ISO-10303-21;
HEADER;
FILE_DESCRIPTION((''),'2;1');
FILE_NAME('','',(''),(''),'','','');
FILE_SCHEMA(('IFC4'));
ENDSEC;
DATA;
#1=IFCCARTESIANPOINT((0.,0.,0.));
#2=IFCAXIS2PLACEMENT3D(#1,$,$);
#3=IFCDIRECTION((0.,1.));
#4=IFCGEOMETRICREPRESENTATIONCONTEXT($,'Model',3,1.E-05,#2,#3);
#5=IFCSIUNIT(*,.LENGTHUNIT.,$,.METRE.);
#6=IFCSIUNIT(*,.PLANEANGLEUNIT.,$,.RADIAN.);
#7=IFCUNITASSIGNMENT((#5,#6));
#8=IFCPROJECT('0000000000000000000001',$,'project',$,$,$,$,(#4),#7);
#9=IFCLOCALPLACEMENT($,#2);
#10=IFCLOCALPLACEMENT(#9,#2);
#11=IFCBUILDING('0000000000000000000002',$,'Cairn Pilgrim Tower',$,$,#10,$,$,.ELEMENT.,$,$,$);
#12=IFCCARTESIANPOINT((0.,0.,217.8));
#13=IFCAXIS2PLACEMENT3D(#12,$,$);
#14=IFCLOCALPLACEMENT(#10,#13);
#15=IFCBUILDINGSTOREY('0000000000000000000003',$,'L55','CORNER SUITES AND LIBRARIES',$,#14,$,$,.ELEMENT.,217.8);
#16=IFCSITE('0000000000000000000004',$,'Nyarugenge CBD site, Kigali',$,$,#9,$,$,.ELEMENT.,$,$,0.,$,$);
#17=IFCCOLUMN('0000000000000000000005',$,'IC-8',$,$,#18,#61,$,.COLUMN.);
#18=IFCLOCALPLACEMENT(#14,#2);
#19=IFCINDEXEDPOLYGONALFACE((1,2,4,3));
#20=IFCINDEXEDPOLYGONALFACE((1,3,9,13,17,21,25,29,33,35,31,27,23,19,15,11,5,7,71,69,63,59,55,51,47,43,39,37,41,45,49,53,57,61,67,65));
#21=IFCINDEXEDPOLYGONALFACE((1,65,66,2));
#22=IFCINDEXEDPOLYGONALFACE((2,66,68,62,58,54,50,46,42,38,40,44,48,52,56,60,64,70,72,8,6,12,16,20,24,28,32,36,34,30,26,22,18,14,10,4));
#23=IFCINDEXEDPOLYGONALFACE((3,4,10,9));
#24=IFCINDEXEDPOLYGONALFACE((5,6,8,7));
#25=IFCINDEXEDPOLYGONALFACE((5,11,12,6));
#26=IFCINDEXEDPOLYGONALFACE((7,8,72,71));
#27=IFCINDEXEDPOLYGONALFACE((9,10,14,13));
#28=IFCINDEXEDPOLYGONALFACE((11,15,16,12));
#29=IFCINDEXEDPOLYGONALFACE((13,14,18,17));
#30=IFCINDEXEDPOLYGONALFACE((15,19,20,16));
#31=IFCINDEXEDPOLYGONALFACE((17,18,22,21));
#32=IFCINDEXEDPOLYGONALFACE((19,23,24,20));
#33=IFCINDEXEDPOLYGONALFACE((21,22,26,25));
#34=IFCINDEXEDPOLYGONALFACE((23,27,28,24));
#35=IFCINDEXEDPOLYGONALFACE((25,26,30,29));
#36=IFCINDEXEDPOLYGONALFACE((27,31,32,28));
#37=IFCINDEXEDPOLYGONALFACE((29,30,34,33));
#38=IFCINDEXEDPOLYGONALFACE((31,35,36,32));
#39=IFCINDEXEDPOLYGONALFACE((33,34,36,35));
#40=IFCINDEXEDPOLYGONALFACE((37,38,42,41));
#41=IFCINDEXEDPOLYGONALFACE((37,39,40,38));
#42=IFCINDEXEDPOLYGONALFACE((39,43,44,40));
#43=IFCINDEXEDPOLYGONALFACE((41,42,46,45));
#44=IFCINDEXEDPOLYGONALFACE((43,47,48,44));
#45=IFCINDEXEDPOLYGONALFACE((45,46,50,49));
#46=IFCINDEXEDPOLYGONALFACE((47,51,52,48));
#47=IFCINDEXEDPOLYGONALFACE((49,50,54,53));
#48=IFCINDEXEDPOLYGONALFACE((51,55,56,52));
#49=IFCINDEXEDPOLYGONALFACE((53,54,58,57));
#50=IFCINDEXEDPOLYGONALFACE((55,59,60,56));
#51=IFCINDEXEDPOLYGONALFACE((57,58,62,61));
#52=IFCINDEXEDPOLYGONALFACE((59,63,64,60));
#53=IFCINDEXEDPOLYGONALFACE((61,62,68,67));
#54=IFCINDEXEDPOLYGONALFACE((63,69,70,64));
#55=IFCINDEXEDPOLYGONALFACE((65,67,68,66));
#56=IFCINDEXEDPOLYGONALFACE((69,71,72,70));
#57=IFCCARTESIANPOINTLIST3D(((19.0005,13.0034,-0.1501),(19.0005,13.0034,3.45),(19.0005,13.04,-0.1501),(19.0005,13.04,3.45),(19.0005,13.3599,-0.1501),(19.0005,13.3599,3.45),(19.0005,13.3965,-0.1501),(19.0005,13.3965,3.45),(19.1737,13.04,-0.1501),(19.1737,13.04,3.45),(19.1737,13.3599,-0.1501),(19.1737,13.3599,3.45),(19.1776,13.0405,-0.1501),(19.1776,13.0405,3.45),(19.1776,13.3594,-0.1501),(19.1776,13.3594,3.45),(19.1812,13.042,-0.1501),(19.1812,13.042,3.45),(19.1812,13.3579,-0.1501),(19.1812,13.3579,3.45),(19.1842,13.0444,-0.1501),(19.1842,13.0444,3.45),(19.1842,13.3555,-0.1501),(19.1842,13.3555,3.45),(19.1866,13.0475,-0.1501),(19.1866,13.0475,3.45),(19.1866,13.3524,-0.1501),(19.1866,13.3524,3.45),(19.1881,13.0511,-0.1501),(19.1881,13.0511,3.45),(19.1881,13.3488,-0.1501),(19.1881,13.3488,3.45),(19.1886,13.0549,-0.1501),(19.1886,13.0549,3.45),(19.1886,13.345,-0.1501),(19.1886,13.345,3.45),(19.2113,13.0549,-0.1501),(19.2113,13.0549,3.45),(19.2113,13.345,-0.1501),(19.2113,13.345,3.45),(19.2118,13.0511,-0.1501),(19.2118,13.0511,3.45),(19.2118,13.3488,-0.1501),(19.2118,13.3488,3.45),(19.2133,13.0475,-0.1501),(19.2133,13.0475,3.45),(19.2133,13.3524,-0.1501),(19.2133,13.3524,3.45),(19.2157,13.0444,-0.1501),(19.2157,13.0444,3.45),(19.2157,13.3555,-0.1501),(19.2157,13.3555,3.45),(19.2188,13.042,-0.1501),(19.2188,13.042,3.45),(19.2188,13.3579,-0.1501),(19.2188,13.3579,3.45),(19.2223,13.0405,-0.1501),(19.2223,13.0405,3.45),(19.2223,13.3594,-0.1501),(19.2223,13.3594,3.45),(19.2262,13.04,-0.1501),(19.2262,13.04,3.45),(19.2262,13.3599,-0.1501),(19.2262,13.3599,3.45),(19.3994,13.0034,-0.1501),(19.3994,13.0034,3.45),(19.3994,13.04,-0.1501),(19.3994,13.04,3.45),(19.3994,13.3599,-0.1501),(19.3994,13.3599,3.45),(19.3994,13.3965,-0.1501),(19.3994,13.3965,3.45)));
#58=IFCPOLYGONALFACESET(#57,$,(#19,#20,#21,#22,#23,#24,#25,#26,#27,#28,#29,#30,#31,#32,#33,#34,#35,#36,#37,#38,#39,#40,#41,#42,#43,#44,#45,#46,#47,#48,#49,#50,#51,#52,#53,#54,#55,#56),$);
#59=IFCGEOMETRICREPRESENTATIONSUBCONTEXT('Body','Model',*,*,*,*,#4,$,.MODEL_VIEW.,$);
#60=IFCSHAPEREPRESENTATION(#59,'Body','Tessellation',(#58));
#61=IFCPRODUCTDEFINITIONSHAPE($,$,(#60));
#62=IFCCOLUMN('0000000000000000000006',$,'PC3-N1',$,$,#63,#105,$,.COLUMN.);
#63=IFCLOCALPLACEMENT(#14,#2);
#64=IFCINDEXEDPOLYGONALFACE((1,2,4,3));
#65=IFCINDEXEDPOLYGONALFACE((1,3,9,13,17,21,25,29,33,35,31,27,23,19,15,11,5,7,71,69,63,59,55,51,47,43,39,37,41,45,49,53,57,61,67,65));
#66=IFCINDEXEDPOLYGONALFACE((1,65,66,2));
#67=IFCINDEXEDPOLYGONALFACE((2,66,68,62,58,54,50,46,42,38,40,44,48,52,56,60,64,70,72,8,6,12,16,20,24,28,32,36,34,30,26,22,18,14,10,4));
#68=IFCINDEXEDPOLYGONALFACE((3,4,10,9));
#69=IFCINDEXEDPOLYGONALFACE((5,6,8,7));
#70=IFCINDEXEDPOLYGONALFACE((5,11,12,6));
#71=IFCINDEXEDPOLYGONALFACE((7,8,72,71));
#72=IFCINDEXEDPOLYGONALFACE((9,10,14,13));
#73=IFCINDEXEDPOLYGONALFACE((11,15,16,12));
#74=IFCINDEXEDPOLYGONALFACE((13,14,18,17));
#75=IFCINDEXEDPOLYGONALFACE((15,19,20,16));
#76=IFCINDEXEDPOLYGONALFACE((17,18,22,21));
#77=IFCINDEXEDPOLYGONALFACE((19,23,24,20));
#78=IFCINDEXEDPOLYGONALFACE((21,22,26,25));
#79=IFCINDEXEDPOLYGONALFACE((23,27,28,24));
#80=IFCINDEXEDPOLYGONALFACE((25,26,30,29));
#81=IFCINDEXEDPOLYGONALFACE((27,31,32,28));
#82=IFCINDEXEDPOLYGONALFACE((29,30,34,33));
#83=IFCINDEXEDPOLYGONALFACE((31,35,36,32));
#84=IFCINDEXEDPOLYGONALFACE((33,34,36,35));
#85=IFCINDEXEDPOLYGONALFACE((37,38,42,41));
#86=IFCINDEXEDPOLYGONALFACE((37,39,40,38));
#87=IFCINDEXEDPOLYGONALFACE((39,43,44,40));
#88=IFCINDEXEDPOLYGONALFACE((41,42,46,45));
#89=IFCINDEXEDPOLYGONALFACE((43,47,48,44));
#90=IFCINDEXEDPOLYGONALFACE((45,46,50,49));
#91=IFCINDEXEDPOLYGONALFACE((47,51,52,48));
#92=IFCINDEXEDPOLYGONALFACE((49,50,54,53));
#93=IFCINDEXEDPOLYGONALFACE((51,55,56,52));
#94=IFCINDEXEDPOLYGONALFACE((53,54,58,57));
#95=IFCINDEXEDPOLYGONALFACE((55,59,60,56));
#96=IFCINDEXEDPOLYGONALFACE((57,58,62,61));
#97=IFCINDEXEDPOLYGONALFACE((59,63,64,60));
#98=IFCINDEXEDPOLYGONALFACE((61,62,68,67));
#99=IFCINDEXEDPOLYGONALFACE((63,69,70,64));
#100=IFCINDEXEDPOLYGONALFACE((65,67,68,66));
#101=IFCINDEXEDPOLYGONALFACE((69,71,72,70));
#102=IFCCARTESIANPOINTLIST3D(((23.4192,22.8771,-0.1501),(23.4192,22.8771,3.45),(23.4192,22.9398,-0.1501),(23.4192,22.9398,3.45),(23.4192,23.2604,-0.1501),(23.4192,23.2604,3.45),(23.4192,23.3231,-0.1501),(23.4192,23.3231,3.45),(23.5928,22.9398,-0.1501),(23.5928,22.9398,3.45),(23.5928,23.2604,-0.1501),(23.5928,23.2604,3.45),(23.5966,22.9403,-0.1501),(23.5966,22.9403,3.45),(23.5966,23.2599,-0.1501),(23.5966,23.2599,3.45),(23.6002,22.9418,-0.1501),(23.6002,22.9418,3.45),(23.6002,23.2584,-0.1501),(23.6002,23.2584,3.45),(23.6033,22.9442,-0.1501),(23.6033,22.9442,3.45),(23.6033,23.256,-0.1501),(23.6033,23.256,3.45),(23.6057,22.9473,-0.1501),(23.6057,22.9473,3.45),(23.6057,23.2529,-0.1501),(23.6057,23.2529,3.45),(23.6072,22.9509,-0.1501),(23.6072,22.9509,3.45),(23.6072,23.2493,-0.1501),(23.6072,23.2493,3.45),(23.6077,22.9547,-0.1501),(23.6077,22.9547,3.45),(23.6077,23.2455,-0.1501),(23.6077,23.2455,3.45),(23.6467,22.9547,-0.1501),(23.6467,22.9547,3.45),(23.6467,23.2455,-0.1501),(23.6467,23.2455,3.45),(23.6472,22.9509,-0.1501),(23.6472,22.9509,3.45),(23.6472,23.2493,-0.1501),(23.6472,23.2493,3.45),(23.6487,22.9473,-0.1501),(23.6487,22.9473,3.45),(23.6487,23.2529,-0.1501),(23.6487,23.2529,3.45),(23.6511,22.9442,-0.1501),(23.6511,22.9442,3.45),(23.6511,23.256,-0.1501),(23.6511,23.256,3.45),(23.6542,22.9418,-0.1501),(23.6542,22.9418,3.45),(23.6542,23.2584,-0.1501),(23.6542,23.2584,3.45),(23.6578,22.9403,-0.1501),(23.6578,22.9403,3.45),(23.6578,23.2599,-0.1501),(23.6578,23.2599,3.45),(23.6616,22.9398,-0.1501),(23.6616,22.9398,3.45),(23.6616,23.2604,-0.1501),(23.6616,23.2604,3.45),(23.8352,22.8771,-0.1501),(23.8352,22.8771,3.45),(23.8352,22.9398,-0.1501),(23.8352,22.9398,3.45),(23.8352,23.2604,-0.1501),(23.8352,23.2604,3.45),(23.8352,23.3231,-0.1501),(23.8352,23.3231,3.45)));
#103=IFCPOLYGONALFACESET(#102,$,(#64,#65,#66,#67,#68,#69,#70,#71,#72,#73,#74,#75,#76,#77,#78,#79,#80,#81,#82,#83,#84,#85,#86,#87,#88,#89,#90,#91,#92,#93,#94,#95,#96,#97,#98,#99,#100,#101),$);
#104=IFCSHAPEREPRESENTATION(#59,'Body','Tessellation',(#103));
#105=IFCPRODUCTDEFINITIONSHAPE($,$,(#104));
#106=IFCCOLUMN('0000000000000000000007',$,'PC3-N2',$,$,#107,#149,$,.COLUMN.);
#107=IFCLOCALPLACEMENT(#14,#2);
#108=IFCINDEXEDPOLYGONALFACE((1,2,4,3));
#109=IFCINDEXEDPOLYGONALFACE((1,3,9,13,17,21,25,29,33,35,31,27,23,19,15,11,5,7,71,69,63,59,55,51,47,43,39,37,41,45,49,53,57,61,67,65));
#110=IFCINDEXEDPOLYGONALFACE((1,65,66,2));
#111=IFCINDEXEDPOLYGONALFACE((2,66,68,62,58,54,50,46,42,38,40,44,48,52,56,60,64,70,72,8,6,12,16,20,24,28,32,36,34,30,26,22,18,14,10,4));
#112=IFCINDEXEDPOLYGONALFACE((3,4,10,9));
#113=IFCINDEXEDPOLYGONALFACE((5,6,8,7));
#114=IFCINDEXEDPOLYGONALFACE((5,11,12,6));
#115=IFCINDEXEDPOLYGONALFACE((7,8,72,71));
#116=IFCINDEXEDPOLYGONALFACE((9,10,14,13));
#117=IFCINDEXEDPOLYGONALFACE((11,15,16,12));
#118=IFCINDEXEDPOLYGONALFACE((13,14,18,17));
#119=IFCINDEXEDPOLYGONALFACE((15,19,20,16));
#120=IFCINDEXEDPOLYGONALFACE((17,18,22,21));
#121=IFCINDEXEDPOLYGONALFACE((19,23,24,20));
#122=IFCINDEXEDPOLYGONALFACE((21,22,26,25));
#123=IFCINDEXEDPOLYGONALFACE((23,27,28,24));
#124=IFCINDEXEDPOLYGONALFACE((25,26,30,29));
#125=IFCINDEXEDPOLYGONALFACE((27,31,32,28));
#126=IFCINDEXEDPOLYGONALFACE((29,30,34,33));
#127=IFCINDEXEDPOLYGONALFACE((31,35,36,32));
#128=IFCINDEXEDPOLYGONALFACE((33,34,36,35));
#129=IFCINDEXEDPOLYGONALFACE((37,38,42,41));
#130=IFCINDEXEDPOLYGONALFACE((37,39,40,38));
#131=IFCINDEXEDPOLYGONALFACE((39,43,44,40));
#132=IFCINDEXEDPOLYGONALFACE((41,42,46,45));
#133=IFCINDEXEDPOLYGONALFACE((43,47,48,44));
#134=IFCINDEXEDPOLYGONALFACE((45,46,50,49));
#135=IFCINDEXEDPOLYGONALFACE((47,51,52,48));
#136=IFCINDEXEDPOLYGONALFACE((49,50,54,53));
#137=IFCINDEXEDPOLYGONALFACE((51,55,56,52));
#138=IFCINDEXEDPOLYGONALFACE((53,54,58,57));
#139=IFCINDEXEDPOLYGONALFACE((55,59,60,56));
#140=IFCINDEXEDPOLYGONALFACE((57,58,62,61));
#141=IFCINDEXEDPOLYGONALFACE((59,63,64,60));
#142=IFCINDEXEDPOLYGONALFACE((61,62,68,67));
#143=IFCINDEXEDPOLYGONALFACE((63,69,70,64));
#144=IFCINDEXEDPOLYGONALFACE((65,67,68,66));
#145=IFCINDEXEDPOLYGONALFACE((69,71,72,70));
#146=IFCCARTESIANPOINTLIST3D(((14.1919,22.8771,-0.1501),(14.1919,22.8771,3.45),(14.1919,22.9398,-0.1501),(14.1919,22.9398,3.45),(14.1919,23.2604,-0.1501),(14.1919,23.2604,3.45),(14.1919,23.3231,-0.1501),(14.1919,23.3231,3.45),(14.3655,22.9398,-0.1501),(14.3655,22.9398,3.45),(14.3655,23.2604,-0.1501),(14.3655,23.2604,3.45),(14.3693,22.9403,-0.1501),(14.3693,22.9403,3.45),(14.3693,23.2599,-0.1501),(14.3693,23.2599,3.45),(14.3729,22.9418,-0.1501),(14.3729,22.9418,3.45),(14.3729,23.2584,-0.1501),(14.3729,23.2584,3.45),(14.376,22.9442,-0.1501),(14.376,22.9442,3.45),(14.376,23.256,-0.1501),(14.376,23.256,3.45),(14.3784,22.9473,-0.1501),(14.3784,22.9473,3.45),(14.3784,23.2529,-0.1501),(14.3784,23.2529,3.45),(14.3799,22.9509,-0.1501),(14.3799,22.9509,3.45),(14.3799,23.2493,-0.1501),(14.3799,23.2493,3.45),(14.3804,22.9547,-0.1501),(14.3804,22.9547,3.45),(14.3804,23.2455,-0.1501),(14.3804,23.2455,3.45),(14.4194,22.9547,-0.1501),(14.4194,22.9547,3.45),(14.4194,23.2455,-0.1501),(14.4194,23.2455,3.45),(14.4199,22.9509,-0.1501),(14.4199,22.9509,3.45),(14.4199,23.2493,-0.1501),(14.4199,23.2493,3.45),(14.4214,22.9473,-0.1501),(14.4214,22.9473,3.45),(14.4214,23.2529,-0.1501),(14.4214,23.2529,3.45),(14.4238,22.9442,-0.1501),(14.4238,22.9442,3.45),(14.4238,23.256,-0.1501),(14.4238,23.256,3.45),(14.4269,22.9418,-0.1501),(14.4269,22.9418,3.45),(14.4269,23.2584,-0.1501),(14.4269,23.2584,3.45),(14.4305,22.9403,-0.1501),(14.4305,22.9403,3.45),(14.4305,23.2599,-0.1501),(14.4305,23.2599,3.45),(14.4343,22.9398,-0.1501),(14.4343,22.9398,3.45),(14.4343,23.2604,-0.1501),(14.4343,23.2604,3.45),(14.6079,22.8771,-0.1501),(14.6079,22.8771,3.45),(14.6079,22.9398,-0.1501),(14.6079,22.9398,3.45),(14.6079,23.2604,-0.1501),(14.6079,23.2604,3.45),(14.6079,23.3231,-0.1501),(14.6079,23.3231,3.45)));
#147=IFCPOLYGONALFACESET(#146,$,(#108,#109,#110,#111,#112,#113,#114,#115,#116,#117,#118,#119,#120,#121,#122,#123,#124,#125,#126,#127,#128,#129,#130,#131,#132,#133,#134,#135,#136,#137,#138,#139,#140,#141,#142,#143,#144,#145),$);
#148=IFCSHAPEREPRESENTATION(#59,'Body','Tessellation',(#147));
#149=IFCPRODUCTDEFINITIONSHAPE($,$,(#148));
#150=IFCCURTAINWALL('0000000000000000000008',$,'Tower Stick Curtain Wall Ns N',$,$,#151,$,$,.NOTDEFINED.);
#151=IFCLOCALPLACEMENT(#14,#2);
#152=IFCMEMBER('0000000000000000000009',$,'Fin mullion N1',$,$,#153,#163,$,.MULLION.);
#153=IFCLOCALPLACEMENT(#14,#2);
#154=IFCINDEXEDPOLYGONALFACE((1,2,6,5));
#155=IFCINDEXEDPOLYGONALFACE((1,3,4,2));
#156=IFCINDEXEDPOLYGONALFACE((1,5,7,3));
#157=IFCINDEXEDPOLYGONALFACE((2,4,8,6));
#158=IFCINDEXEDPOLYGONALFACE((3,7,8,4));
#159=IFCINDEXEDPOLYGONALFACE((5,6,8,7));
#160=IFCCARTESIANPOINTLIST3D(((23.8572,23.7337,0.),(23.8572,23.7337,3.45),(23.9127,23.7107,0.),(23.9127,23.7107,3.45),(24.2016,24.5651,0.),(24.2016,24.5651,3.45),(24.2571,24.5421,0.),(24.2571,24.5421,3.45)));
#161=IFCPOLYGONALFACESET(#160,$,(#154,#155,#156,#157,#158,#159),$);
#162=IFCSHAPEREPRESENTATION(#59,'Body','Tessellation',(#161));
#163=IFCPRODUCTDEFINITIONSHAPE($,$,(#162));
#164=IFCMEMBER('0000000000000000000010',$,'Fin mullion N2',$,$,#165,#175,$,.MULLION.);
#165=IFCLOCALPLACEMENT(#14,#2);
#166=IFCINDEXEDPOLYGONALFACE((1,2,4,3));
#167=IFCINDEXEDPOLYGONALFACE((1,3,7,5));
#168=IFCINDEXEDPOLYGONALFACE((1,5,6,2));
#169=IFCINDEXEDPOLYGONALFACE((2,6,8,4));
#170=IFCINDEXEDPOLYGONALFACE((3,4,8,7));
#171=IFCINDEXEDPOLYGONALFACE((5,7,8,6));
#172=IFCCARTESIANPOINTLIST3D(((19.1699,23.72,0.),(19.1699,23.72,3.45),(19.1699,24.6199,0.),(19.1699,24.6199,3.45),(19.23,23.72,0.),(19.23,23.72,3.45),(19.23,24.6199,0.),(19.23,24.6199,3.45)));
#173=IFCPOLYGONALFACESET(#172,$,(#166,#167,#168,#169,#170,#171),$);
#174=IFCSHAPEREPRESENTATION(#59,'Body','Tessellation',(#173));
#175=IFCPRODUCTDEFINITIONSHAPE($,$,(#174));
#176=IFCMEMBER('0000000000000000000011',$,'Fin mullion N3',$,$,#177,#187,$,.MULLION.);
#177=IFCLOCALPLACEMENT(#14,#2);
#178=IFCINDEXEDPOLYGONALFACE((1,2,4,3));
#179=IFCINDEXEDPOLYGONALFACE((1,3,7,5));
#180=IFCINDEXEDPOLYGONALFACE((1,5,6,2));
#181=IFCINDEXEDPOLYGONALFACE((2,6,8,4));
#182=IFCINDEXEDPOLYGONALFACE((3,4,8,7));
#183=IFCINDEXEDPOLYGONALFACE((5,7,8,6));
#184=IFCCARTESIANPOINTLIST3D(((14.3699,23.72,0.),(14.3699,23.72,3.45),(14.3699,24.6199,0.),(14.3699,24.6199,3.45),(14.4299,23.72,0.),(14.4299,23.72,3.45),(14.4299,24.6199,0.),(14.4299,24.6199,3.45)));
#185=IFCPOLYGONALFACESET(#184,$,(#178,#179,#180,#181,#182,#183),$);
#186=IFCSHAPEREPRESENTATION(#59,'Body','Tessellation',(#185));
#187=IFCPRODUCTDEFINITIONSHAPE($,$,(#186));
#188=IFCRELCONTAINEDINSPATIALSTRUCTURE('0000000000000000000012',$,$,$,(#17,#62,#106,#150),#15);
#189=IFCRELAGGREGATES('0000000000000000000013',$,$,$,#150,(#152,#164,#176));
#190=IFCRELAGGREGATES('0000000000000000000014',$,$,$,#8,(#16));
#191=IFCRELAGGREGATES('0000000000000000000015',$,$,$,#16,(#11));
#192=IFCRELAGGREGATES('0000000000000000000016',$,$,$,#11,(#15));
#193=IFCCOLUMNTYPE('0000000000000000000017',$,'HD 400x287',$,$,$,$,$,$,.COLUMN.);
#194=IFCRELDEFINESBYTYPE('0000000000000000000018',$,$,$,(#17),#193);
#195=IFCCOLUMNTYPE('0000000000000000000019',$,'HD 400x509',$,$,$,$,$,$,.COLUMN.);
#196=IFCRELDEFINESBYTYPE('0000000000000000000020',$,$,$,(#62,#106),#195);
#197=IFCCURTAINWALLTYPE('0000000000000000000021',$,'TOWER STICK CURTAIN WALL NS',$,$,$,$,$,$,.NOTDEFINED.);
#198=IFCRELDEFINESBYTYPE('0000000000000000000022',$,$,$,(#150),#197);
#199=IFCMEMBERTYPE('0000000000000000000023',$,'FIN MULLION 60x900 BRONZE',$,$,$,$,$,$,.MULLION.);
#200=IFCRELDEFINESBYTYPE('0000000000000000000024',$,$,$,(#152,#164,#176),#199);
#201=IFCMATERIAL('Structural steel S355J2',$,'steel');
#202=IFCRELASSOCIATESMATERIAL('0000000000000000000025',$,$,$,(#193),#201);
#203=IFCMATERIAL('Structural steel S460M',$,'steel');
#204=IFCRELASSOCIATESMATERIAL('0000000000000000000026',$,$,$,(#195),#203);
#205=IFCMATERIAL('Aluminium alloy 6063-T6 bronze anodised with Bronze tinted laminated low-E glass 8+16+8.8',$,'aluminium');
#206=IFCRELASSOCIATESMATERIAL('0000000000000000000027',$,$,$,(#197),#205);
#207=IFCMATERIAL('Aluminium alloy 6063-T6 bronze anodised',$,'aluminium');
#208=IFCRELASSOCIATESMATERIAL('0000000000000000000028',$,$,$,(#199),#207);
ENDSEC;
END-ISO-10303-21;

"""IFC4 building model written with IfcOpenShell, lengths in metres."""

from ifc_helpers import new_model, si_unit, direction, frame, origin, origin_2d, place, context, subcontext, project, spatial, rectangle, i_section, extrude, material, material_profile, profile_set, type_object, element, aggregate, save


model = new_model("IFC4")

# Units and contexts
model_context = context("Model", 3, precision=1e-05, world=origin(), true_north=direction((0.0, 1.0)))
body_context = subcontext(model_context, "Body", "Model", "MODEL_VIEW")
ifc_project = project(units=[si_unit("LENGTHUNIT", "METRE"), si_unit("PLANEANGLEUNIT", "RADIAN")], contexts=[model_context])

# Site, building, storey
site_placement = place(None, origin())
site = spatial("IfcSite", under=ifc_project, at=site_placement, Name="Nyarugenge CBD site, Kigali", CompositionType="ELEMENT", RefElevation=0.0)
building_placement = place(site_placement, origin())
building = spatial("IfcBuilding", under=site, at=building_placement, Name="Cairn Pilgrim Tower", CompositionType="ELEMENT")
storey_placement = place(building_placement, frame((0.0, 0.0, 217.8)))
storey = spatial("IfcBuildingStorey", under=building, at=storey_placement, Name="L55", Description="CORNER SUITES AND LIBRARIES", CompositionType="ELEMENT", Elevation=217.8)

# Columns
ifc_material_1 = material(Name="Structural steel S355J2", Category="steel")
ifc_material_profile_1 = material_profile(ifc_material_1, i_section(OverallWidth=0.3989, OverallDepth=0.3931, WebThickness=0.0227, FlangeThickness=0.0366, FilletRadius=0.0149, at=origin_2d()), Name="HD 400x287")
ifc_profile_set_1 = profile_set([ifc_material_profile_1], Name="Structural steel S355J2")
column_type_1 = type_object("IfcColumnType", Name="HD 400x287", PredefinedType="COLUMN", material=ifc_profile_set_1)
column_placement = place(storey_placement, frame((19.2, 13.2, -0.1501), z_axis=(0.0, 0.0, 1.0), x_axis=(1.0, 0.0, 0.0)))
element("IfcColumn", 1, at=column_placement, inside=storey, type_object=column_type_1, Name="IC-8", PredefinedType="COLUMN", context=body_context, shape_type="SweptSolid", body=[
    extrude(i_section(OverallWidth=0.3989, OverallDepth=0.3931, WebThickness=0.0227, FlangeThickness=0.0366, FilletRadius=0.0149, at=origin_2d()), origin(), (0.0, 0.0, 1.0), 3.6001),
])
ifc_material_2 = material(Name="Structural steel S460M", Category="steel")
ifc_material_profile_2 = material_profile(ifc_material_2, i_section(OverallWidth=0.416, OverallDepth=0.446, WebThickness=0.0391, FlangeThickness=0.0627, FilletRadius=0.0149, at=origin_2d()), Name="HD 400x509")
ifc_profile_set_2 = profile_set([ifc_material_profile_2], Name="Structural steel S460M")
column_type_2 = type_object("IfcColumnType", Name="HD 400x509", PredefinedType="COLUMN", material=ifc_profile_set_2)
for number, where, z_axis, x_axis, name in (
    (2, (23.6272, 23.1001, -0.1501), (0.0, 0.0, 1.0), (1.0, 0.0, 0.0), "PC3-N1"),
    (3, (14.3999, 23.1001, -0.1501), (0.0, 0.0, 1.0), (1.0, 0.0, 0.0), "PC3-N2"),
):
    element("IfcColumn", number, at=place(storey_placement, frame(where, z_axis=z_axis, x_axis=x_axis)), inside=storey, type_object=column_type_2, Name=name, PredefinedType="COLUMN", context=body_context, shape_type="SweptSolid", body=[
        extrude(i_section(OverallWidth=0.416, OverallDepth=0.446, WebThickness=0.0391, FlangeThickness=0.0627, FilletRadius=0.0149, at=origin_2d()), origin(), (0.0, 0.0, 1.0), 3.6001),
    ])

# Curtain wall, members
ifc_material_3 = material(Name="Aluminium alloy 6063-T6 bronze anodised with Bronze tinted laminated low-E glass 8+16+8.8", Category="aluminium")
curtain_wall_type = type_object("IfcCurtainWallType", Name="TOWER STICK CURTAIN WALL NS", PredefinedType="NOTDEFINED", material=ifc_material_3)
curtain_wall_placement = place(storey_placement, origin())
curtain_wall = element("IfcCurtainWall", 4, at=curtain_wall_placement, inside=storey, type_object=curtain_wall_type, Name="Tower Stick Curtain Wall Ns N", PredefinedType="NOTDEFINED")
ifc_material_4 = material(Name="Aluminium alloy 6063-T6 bronze anodised", Category="aluminium")
ifc_material_profile_3 = material_profile(ifc_material_4, rectangle(XDim=0.8999, YDim=0.0601, at=origin_2d()), Name="FIN MULLION 60x900 BRONZE")
ifc_profile_set_3 = profile_set([ifc_material_profile_3], Name="Aluminium alloy 6063-T6 bronze anodised")
member_type_1 = type_object("IfcMemberType", Name="FIN MULLION 60x900 BRONZE", PredefinedType="MULLION", material=ifc_profile_set_3)
member_1_placement = place(storey_placement, frame((24.0571, 24.1379, 0.0), z_axis=(0.0, 0.0, 1.0), x_axis=(0.382683, 0.92388, 0.0)))
member_1 = element("IfcMember", 5, at=member_1_placement, type_object=member_type_1, Name="Fin mullion N1", PredefinedType="MULLION", context=body_context, shape_type="SweptSolid", body=[
    extrude(rectangle(XDim=0.8999, YDim=0.0601, at=origin_2d()), origin(), (0.0, 0.0, 1.0), 3.45),
])
member_2_placement = place(storey_placement, frame((19.2, 24.1699, 0.0), z_axis=(0.0, 0.0, 1.0), x_axis=(0.0, 1.0, 0.0)))
member_2 = element("IfcMember", 6, at=member_2_placement, type_object=member_type_1, Name="Fin mullion N2", PredefinedType="MULLION", context=body_context, shape_type="SweptSolid", body=[
    extrude(rectangle(XDim=0.8999, YDim=0.0601, at=origin_2d()), origin(), (0.0, 0.0, 1.0), 3.45),
])
member_3_placement = place(storey_placement, frame((14.3999, 24.1699, 0.0), z_axis=(0.0, 0.0, 1.0), x_axis=(0.0, 1.0, 0.0)))
member_3 = element("IfcMember", 7, at=member_3_placement, type_object=member_type_1, Name="Fin mullion N3", PredefinedType="MULLION", context=body_context, shape_type="SweptSolid", body=[
    extrude(rectangle(XDim=0.8999, YDim=0.0601, at=origin_2d()), origin(), (0.0, 0.0, 1.0), 3.45),
])

aggregate(curtain_wall, [member_1, member_2, member_3])

save(model, "model.ifc")
